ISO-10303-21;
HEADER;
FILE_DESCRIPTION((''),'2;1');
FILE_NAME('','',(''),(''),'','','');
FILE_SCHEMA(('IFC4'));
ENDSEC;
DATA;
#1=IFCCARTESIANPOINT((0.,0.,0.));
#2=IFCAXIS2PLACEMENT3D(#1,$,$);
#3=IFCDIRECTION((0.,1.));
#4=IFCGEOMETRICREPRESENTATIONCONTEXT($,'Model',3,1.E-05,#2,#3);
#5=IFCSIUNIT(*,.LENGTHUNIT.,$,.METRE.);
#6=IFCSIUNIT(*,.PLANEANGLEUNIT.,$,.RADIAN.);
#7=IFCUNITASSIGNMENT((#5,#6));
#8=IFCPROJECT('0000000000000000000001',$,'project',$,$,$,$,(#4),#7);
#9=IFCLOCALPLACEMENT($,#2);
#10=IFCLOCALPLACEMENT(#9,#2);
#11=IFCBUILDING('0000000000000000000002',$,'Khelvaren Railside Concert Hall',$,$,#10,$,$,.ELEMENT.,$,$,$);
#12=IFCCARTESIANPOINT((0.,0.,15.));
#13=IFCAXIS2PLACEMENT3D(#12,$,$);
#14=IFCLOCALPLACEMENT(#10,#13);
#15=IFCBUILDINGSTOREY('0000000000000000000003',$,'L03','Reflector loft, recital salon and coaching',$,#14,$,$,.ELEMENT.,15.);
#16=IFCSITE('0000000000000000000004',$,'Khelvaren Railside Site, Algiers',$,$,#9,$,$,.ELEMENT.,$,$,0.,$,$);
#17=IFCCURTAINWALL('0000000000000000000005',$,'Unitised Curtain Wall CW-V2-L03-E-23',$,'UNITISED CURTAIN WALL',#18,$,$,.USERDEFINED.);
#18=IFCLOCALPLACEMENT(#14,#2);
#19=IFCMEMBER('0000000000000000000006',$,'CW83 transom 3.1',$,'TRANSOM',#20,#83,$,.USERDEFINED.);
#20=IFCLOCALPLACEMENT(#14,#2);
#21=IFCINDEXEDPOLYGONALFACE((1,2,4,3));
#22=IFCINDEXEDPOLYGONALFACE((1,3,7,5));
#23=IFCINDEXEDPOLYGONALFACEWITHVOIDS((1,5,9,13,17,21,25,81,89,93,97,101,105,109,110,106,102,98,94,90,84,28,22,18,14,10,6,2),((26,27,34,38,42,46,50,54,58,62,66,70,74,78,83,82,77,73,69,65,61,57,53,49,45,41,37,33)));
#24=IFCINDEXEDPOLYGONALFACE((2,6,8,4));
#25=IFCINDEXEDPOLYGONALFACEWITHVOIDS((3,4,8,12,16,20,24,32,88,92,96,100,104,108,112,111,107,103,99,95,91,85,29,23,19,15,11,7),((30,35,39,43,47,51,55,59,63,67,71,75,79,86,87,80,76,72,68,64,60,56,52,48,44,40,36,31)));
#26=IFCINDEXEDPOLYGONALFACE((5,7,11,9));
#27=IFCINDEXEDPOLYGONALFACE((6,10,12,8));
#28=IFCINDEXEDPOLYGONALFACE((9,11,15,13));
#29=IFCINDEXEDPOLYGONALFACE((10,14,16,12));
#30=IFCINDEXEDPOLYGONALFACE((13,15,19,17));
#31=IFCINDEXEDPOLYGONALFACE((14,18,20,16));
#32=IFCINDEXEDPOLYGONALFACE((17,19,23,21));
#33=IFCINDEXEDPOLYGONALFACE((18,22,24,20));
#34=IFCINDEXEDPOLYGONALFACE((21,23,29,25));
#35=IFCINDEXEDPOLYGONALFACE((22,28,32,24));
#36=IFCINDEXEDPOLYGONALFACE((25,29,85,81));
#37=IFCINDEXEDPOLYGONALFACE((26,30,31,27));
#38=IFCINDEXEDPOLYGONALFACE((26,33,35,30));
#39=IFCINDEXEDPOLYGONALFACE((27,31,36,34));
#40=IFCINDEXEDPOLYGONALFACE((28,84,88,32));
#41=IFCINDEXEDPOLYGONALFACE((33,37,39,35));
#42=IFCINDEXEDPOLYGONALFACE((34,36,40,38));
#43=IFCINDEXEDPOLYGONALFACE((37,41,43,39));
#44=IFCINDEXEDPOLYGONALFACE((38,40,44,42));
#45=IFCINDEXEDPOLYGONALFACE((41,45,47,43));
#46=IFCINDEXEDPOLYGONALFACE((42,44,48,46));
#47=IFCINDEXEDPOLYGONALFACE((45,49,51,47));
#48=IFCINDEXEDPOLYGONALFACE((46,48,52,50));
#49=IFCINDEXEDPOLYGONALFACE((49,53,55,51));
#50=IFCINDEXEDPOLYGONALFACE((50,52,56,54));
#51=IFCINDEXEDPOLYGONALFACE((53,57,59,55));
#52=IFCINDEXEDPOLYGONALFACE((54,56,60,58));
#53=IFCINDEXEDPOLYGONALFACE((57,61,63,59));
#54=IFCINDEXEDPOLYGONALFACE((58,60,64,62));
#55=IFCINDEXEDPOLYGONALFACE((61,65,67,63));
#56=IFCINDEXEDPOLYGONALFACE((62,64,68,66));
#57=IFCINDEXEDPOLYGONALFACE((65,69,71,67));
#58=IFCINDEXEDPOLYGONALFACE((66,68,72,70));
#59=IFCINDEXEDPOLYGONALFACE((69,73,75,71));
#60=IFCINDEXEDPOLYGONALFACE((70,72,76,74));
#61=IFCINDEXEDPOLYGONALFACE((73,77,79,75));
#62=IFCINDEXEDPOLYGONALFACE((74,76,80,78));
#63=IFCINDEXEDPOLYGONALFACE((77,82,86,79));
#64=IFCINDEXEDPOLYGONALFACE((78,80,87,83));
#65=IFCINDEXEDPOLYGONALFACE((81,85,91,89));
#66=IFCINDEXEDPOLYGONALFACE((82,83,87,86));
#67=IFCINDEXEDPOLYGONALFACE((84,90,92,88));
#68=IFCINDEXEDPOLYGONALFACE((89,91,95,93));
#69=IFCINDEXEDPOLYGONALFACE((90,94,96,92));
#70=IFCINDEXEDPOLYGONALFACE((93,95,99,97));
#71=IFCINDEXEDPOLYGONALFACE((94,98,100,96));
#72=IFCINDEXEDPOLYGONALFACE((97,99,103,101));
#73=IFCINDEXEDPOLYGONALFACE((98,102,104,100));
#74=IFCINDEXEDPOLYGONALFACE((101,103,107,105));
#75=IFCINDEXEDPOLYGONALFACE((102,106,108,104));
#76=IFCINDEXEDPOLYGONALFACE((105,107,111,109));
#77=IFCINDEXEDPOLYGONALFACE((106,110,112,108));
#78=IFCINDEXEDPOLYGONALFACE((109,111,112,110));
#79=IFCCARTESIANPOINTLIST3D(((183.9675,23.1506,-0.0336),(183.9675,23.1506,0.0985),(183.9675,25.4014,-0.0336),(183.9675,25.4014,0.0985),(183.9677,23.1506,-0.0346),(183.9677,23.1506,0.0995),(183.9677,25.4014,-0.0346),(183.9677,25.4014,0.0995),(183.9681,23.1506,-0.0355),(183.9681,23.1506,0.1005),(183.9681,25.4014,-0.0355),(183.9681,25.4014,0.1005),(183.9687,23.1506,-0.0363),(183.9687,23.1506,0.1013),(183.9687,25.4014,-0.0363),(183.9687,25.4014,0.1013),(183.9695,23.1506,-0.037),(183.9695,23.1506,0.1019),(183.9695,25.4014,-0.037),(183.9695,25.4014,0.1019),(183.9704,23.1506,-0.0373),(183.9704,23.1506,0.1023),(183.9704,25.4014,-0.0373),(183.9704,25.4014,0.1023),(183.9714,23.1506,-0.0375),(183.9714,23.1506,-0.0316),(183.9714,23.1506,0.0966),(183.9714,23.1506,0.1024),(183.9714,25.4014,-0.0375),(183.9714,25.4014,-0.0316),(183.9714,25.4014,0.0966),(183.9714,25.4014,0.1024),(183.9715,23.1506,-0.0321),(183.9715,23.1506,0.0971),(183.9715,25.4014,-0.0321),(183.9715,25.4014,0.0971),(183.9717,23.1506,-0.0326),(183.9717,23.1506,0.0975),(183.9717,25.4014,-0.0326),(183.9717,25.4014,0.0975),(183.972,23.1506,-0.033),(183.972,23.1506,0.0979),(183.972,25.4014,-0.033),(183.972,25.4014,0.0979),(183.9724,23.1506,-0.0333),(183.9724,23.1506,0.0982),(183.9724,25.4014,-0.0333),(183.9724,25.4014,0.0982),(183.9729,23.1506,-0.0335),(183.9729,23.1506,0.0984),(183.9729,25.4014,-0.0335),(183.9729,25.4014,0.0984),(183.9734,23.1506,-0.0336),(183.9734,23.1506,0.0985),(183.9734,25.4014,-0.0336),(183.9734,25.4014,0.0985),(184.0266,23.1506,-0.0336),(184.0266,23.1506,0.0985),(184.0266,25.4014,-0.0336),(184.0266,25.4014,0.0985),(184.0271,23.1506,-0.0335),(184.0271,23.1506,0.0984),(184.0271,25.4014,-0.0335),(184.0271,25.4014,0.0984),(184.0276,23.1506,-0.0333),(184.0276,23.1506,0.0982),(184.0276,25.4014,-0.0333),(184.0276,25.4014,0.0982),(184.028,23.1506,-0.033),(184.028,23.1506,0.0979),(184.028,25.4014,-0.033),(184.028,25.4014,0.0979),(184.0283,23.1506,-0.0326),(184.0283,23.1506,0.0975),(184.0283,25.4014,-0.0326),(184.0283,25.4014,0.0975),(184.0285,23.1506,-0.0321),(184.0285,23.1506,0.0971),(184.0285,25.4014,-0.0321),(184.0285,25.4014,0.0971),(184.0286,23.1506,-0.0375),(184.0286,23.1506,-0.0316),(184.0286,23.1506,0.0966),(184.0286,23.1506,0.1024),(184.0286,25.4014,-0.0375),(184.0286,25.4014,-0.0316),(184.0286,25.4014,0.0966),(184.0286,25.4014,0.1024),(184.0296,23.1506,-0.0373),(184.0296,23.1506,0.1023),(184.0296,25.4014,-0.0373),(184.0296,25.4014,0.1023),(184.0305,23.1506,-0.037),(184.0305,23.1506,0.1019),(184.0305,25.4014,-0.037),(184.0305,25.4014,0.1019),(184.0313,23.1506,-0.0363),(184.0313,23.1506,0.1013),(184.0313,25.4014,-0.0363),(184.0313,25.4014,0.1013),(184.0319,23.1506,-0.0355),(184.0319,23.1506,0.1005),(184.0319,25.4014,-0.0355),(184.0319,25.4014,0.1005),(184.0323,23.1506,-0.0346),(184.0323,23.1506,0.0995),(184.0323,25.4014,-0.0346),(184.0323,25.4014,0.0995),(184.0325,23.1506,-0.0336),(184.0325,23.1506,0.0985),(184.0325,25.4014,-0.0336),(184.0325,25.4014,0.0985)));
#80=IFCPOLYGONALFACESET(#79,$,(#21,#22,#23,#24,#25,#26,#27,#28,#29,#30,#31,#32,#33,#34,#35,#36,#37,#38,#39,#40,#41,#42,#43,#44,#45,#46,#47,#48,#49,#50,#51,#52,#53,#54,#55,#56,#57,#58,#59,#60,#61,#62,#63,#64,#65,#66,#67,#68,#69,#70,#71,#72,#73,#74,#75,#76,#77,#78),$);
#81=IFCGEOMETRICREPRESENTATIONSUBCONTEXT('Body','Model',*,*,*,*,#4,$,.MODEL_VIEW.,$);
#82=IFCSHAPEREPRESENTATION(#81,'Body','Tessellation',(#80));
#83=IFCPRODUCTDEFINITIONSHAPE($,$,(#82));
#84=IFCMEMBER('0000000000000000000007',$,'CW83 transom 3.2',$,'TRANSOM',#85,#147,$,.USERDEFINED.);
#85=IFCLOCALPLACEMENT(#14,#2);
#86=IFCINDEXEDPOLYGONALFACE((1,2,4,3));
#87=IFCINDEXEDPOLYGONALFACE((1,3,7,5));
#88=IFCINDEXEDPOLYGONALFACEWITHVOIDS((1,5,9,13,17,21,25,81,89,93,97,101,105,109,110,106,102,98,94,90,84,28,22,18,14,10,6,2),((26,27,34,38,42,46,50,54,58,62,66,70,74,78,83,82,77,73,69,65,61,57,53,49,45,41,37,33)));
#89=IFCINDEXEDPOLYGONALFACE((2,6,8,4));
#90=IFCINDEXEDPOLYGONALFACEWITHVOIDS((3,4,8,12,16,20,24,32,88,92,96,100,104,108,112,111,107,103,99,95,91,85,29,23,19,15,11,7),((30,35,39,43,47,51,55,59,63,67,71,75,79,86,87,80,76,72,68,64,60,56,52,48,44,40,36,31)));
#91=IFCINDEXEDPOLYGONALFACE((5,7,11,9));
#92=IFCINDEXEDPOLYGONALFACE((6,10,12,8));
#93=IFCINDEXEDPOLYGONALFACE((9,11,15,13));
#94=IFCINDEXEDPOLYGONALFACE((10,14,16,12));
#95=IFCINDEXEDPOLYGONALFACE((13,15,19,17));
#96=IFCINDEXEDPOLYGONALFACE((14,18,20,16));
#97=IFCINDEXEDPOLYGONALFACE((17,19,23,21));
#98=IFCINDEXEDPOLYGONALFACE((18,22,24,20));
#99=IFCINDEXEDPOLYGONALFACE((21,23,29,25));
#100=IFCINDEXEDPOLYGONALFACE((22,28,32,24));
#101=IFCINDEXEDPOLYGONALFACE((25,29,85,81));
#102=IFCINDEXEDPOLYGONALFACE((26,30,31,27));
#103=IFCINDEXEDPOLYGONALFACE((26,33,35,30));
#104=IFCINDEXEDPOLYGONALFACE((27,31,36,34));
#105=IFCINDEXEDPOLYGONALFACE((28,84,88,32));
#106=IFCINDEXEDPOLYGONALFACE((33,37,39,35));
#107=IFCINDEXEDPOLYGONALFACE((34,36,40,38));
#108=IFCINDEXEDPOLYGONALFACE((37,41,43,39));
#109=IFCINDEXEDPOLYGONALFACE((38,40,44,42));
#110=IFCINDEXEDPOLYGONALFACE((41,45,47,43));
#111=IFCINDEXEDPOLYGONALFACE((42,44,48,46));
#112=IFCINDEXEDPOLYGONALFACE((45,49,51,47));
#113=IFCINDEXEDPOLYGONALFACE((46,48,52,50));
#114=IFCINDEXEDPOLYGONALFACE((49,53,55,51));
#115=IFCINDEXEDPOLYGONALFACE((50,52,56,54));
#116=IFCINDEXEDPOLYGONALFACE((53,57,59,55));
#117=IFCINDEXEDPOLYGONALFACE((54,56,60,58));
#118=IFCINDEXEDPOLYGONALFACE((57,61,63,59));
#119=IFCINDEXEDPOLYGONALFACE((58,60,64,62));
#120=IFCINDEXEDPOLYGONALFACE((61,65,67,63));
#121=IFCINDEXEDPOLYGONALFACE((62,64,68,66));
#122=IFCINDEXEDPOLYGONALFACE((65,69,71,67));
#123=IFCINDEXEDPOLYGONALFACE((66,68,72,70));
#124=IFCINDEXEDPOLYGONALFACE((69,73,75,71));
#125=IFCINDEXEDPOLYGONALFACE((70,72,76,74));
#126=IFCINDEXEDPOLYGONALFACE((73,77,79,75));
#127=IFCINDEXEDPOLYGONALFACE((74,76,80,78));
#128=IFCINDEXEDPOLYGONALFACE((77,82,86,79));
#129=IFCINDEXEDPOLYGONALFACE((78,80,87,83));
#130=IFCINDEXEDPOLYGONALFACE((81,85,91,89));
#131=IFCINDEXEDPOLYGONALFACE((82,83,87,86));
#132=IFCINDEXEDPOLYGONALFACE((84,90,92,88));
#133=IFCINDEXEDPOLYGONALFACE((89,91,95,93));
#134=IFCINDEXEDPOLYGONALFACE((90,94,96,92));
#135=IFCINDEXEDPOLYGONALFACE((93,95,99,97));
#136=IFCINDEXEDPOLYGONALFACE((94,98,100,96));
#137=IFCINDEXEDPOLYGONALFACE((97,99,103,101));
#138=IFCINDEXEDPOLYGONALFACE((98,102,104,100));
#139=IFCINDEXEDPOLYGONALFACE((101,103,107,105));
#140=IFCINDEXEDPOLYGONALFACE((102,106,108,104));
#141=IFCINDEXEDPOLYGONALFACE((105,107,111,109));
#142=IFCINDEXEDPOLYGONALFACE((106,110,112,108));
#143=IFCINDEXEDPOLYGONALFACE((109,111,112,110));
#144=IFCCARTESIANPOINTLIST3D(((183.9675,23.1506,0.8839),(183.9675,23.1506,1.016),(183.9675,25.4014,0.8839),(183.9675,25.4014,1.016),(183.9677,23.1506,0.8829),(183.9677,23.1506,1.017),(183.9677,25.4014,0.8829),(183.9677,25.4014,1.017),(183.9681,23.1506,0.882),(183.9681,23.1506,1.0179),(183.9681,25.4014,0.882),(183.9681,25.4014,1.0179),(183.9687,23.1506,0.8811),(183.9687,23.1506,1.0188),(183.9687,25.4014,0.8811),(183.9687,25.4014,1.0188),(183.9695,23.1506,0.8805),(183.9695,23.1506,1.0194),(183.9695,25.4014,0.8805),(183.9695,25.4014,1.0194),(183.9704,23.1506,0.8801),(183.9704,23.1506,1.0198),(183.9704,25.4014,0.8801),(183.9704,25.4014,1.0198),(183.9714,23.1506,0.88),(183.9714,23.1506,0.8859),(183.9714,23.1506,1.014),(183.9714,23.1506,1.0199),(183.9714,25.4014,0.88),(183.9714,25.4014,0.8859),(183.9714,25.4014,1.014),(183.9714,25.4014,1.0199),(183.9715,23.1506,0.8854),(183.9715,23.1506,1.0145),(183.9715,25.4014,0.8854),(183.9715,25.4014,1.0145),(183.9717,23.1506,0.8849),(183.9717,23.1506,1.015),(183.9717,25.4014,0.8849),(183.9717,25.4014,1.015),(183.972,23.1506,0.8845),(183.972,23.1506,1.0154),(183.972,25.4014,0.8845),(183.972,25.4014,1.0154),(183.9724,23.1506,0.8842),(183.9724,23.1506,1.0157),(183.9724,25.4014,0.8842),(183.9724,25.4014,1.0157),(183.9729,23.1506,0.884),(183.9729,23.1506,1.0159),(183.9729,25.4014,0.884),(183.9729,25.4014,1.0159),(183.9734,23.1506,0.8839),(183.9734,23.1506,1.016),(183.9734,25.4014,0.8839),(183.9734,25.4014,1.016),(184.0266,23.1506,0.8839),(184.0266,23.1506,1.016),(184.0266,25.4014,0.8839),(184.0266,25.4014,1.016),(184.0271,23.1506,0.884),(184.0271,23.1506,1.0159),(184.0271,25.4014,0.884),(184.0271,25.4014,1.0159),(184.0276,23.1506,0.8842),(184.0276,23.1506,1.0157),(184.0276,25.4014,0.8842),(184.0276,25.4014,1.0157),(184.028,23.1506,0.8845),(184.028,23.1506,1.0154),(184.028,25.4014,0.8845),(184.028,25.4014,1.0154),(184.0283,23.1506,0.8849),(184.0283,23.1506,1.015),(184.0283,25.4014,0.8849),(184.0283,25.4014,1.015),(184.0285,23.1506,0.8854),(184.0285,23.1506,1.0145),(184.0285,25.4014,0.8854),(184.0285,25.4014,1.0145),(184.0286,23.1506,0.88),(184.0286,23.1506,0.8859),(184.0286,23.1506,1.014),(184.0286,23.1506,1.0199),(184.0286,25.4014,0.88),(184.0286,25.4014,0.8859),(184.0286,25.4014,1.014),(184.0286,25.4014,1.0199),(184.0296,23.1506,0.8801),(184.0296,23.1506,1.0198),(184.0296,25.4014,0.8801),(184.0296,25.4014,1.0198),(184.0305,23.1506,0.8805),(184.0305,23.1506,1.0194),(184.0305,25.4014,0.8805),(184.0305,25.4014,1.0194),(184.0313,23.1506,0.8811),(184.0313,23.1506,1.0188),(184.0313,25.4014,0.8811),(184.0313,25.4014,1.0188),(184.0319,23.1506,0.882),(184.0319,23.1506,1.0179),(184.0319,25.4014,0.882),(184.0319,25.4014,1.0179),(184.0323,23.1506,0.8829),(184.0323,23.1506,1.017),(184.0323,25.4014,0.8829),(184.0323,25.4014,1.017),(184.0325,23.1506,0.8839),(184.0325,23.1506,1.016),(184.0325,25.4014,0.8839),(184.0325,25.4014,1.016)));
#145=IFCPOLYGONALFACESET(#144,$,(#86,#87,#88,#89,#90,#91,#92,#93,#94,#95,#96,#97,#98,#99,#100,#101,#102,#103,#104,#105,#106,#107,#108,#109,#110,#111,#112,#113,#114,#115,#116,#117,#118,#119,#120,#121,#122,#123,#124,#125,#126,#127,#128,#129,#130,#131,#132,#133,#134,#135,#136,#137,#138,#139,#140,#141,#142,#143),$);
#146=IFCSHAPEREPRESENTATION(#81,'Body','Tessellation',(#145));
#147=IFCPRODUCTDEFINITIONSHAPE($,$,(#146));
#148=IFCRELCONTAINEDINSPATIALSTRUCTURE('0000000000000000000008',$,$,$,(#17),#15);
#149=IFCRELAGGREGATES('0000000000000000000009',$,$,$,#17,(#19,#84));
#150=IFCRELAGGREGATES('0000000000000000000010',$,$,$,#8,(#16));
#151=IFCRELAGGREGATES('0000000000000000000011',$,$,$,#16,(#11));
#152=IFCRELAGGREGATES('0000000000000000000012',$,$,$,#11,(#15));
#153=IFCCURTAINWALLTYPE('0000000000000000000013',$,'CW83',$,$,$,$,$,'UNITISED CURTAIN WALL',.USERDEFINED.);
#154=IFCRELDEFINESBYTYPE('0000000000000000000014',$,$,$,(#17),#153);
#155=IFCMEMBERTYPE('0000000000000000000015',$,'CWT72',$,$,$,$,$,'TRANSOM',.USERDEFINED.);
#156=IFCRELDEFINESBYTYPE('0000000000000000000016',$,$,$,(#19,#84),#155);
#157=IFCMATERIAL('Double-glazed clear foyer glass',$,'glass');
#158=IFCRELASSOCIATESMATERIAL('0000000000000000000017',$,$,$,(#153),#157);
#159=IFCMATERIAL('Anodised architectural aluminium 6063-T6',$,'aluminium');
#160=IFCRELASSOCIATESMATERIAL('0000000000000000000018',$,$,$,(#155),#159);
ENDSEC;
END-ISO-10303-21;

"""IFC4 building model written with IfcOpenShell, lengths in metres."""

from ifc_helpers import new_model, si_unit, direction, frame, origin, origin_2d, place, context, subcontext, project, spatial, hollow_rectangle, extrude, material, material_profile, profile_set, type_object, element, aggregate, save


model = new_model("IFC4")

# Units and contexts
model_context = context("Model", 3, precision=1e-05, world=origin(), true_north=direction((0.0, 1.0)))
body_context = subcontext(model_context, "Body", "Model", "MODEL_VIEW")
ifc_project = project(units=[si_unit("LENGTHUNIT", "METRE"), si_unit("PLANEANGLEUNIT", "RADIAN")], contexts=[model_context])

# Site, building, storey
site_placement = place(None, origin())
site = spatial("IfcSite", under=ifc_project, at=site_placement, Name="Khelvaren Railside Site, Algiers", CompositionType="ELEMENT", RefElevation=0.0)
building_placement = place(site_placement, origin())
building = spatial("IfcBuilding", under=site, at=building_placement, Name="Khelvaren Railside Concert Hall", CompositionType="ELEMENT")
storey_placement = place(building_placement, frame((0.0, 0.0, 15.0)))
storey = spatial("IfcBuildingStorey", under=building, at=storey_placement, Name="L03", Description="Reflector loft, recital salon and coaching", CompositionType="ELEMENT", Elevation=15.0)

# Curtain wall
ifc_material_1 = material(Name="Double-glazed clear foyer glass", Category="glass")
ifc_material_2 = material(Name="Anodised architectural aluminium 6063-T6", Category="aluminium")
curtain_wall_type_1 = type_object("IfcCurtainWallType", Name="CW83", ElementType="UNITISED CURTAIN WALL", PredefinedType="USERDEFINED", material=ifc_material_1)
curtain_wall_1_placement = place(storey_placement, origin())
curtain_wall_1 = element("IfcCurtainWall", 1, at=curtain_wall_1_placement, inside=storey, type_object=curtain_wall_type_1, Name="Unitised Curtain Wall CW-V2-L03-E-23", ObjectType="UNITISED CURTAIN WALL", PredefinedType="USERDEFINED")

# Members
ifc_material_profile_1 = material_profile(ifc_material_2, hollow_rectangle(XDim=0.0649, YDim=0.1399, WallThickness=0.0039, InnerFilletRadius=0.002, OuterFilletRadius=0.0039, at=origin_2d()), Name="CWT 65x140x4")
ifc_profile_set_1 = profile_set([ifc_material_profile_1], Name="Anodised architectural aluminium 6063-T6")
member_type_1 = type_object("IfcMemberType", Name="CWT72", ElementType="TRANSOM", PredefinedType="USERDEFINED", material=ifc_profile_set_1)
member_1_placement = place(storey_placement, frame((184.0, 25.4014, 0.0325), z_axis=(0.0, -1.0, 0.0), x_axis=(1.0, 0.0, 0.0)))
member_1 = element("IfcMember", 2, at=member_1_placement, type_object=member_type_1, Name="CW83 transom 3.1", ObjectType="TRANSOM", PredefinedType="USERDEFINED", context=body_context, shape_type="SweptSolid", body=[
    extrude(hollow_rectangle(XDim=0.0649, YDim=0.1399, WallThickness=0.0039, InnerFilletRadius=0.002, OuterFilletRadius=0.0039, at=origin_2d()), origin(), (0.0, 0.0, 1.0), 2.2507),
])
member_2_placement = place(storey_placement, frame((184.0, 25.4014, 0.95), z_axis=(0.0, -1.0, 0.0), x_axis=(1.0, 0.0, 0.0)))
member_2 = element("IfcMember", 3, at=member_2_placement, type_object=member_type_1, Name="CW83 transom 3.2", ObjectType="TRANSOM", PredefinedType="USERDEFINED", context=body_context, shape_type="SweptSolid", body=[
    extrude(hollow_rectangle(XDim=0.0649, YDim=0.1399, WallThickness=0.0039, InnerFilletRadius=0.002, OuterFilletRadius=0.0039, at=origin_2d()), origin(), (0.0, 0.0, 1.0), 2.2507),
])

aggregate(curtain_wall_1, [member_1, member_2])

save(model, "model.ifc")
